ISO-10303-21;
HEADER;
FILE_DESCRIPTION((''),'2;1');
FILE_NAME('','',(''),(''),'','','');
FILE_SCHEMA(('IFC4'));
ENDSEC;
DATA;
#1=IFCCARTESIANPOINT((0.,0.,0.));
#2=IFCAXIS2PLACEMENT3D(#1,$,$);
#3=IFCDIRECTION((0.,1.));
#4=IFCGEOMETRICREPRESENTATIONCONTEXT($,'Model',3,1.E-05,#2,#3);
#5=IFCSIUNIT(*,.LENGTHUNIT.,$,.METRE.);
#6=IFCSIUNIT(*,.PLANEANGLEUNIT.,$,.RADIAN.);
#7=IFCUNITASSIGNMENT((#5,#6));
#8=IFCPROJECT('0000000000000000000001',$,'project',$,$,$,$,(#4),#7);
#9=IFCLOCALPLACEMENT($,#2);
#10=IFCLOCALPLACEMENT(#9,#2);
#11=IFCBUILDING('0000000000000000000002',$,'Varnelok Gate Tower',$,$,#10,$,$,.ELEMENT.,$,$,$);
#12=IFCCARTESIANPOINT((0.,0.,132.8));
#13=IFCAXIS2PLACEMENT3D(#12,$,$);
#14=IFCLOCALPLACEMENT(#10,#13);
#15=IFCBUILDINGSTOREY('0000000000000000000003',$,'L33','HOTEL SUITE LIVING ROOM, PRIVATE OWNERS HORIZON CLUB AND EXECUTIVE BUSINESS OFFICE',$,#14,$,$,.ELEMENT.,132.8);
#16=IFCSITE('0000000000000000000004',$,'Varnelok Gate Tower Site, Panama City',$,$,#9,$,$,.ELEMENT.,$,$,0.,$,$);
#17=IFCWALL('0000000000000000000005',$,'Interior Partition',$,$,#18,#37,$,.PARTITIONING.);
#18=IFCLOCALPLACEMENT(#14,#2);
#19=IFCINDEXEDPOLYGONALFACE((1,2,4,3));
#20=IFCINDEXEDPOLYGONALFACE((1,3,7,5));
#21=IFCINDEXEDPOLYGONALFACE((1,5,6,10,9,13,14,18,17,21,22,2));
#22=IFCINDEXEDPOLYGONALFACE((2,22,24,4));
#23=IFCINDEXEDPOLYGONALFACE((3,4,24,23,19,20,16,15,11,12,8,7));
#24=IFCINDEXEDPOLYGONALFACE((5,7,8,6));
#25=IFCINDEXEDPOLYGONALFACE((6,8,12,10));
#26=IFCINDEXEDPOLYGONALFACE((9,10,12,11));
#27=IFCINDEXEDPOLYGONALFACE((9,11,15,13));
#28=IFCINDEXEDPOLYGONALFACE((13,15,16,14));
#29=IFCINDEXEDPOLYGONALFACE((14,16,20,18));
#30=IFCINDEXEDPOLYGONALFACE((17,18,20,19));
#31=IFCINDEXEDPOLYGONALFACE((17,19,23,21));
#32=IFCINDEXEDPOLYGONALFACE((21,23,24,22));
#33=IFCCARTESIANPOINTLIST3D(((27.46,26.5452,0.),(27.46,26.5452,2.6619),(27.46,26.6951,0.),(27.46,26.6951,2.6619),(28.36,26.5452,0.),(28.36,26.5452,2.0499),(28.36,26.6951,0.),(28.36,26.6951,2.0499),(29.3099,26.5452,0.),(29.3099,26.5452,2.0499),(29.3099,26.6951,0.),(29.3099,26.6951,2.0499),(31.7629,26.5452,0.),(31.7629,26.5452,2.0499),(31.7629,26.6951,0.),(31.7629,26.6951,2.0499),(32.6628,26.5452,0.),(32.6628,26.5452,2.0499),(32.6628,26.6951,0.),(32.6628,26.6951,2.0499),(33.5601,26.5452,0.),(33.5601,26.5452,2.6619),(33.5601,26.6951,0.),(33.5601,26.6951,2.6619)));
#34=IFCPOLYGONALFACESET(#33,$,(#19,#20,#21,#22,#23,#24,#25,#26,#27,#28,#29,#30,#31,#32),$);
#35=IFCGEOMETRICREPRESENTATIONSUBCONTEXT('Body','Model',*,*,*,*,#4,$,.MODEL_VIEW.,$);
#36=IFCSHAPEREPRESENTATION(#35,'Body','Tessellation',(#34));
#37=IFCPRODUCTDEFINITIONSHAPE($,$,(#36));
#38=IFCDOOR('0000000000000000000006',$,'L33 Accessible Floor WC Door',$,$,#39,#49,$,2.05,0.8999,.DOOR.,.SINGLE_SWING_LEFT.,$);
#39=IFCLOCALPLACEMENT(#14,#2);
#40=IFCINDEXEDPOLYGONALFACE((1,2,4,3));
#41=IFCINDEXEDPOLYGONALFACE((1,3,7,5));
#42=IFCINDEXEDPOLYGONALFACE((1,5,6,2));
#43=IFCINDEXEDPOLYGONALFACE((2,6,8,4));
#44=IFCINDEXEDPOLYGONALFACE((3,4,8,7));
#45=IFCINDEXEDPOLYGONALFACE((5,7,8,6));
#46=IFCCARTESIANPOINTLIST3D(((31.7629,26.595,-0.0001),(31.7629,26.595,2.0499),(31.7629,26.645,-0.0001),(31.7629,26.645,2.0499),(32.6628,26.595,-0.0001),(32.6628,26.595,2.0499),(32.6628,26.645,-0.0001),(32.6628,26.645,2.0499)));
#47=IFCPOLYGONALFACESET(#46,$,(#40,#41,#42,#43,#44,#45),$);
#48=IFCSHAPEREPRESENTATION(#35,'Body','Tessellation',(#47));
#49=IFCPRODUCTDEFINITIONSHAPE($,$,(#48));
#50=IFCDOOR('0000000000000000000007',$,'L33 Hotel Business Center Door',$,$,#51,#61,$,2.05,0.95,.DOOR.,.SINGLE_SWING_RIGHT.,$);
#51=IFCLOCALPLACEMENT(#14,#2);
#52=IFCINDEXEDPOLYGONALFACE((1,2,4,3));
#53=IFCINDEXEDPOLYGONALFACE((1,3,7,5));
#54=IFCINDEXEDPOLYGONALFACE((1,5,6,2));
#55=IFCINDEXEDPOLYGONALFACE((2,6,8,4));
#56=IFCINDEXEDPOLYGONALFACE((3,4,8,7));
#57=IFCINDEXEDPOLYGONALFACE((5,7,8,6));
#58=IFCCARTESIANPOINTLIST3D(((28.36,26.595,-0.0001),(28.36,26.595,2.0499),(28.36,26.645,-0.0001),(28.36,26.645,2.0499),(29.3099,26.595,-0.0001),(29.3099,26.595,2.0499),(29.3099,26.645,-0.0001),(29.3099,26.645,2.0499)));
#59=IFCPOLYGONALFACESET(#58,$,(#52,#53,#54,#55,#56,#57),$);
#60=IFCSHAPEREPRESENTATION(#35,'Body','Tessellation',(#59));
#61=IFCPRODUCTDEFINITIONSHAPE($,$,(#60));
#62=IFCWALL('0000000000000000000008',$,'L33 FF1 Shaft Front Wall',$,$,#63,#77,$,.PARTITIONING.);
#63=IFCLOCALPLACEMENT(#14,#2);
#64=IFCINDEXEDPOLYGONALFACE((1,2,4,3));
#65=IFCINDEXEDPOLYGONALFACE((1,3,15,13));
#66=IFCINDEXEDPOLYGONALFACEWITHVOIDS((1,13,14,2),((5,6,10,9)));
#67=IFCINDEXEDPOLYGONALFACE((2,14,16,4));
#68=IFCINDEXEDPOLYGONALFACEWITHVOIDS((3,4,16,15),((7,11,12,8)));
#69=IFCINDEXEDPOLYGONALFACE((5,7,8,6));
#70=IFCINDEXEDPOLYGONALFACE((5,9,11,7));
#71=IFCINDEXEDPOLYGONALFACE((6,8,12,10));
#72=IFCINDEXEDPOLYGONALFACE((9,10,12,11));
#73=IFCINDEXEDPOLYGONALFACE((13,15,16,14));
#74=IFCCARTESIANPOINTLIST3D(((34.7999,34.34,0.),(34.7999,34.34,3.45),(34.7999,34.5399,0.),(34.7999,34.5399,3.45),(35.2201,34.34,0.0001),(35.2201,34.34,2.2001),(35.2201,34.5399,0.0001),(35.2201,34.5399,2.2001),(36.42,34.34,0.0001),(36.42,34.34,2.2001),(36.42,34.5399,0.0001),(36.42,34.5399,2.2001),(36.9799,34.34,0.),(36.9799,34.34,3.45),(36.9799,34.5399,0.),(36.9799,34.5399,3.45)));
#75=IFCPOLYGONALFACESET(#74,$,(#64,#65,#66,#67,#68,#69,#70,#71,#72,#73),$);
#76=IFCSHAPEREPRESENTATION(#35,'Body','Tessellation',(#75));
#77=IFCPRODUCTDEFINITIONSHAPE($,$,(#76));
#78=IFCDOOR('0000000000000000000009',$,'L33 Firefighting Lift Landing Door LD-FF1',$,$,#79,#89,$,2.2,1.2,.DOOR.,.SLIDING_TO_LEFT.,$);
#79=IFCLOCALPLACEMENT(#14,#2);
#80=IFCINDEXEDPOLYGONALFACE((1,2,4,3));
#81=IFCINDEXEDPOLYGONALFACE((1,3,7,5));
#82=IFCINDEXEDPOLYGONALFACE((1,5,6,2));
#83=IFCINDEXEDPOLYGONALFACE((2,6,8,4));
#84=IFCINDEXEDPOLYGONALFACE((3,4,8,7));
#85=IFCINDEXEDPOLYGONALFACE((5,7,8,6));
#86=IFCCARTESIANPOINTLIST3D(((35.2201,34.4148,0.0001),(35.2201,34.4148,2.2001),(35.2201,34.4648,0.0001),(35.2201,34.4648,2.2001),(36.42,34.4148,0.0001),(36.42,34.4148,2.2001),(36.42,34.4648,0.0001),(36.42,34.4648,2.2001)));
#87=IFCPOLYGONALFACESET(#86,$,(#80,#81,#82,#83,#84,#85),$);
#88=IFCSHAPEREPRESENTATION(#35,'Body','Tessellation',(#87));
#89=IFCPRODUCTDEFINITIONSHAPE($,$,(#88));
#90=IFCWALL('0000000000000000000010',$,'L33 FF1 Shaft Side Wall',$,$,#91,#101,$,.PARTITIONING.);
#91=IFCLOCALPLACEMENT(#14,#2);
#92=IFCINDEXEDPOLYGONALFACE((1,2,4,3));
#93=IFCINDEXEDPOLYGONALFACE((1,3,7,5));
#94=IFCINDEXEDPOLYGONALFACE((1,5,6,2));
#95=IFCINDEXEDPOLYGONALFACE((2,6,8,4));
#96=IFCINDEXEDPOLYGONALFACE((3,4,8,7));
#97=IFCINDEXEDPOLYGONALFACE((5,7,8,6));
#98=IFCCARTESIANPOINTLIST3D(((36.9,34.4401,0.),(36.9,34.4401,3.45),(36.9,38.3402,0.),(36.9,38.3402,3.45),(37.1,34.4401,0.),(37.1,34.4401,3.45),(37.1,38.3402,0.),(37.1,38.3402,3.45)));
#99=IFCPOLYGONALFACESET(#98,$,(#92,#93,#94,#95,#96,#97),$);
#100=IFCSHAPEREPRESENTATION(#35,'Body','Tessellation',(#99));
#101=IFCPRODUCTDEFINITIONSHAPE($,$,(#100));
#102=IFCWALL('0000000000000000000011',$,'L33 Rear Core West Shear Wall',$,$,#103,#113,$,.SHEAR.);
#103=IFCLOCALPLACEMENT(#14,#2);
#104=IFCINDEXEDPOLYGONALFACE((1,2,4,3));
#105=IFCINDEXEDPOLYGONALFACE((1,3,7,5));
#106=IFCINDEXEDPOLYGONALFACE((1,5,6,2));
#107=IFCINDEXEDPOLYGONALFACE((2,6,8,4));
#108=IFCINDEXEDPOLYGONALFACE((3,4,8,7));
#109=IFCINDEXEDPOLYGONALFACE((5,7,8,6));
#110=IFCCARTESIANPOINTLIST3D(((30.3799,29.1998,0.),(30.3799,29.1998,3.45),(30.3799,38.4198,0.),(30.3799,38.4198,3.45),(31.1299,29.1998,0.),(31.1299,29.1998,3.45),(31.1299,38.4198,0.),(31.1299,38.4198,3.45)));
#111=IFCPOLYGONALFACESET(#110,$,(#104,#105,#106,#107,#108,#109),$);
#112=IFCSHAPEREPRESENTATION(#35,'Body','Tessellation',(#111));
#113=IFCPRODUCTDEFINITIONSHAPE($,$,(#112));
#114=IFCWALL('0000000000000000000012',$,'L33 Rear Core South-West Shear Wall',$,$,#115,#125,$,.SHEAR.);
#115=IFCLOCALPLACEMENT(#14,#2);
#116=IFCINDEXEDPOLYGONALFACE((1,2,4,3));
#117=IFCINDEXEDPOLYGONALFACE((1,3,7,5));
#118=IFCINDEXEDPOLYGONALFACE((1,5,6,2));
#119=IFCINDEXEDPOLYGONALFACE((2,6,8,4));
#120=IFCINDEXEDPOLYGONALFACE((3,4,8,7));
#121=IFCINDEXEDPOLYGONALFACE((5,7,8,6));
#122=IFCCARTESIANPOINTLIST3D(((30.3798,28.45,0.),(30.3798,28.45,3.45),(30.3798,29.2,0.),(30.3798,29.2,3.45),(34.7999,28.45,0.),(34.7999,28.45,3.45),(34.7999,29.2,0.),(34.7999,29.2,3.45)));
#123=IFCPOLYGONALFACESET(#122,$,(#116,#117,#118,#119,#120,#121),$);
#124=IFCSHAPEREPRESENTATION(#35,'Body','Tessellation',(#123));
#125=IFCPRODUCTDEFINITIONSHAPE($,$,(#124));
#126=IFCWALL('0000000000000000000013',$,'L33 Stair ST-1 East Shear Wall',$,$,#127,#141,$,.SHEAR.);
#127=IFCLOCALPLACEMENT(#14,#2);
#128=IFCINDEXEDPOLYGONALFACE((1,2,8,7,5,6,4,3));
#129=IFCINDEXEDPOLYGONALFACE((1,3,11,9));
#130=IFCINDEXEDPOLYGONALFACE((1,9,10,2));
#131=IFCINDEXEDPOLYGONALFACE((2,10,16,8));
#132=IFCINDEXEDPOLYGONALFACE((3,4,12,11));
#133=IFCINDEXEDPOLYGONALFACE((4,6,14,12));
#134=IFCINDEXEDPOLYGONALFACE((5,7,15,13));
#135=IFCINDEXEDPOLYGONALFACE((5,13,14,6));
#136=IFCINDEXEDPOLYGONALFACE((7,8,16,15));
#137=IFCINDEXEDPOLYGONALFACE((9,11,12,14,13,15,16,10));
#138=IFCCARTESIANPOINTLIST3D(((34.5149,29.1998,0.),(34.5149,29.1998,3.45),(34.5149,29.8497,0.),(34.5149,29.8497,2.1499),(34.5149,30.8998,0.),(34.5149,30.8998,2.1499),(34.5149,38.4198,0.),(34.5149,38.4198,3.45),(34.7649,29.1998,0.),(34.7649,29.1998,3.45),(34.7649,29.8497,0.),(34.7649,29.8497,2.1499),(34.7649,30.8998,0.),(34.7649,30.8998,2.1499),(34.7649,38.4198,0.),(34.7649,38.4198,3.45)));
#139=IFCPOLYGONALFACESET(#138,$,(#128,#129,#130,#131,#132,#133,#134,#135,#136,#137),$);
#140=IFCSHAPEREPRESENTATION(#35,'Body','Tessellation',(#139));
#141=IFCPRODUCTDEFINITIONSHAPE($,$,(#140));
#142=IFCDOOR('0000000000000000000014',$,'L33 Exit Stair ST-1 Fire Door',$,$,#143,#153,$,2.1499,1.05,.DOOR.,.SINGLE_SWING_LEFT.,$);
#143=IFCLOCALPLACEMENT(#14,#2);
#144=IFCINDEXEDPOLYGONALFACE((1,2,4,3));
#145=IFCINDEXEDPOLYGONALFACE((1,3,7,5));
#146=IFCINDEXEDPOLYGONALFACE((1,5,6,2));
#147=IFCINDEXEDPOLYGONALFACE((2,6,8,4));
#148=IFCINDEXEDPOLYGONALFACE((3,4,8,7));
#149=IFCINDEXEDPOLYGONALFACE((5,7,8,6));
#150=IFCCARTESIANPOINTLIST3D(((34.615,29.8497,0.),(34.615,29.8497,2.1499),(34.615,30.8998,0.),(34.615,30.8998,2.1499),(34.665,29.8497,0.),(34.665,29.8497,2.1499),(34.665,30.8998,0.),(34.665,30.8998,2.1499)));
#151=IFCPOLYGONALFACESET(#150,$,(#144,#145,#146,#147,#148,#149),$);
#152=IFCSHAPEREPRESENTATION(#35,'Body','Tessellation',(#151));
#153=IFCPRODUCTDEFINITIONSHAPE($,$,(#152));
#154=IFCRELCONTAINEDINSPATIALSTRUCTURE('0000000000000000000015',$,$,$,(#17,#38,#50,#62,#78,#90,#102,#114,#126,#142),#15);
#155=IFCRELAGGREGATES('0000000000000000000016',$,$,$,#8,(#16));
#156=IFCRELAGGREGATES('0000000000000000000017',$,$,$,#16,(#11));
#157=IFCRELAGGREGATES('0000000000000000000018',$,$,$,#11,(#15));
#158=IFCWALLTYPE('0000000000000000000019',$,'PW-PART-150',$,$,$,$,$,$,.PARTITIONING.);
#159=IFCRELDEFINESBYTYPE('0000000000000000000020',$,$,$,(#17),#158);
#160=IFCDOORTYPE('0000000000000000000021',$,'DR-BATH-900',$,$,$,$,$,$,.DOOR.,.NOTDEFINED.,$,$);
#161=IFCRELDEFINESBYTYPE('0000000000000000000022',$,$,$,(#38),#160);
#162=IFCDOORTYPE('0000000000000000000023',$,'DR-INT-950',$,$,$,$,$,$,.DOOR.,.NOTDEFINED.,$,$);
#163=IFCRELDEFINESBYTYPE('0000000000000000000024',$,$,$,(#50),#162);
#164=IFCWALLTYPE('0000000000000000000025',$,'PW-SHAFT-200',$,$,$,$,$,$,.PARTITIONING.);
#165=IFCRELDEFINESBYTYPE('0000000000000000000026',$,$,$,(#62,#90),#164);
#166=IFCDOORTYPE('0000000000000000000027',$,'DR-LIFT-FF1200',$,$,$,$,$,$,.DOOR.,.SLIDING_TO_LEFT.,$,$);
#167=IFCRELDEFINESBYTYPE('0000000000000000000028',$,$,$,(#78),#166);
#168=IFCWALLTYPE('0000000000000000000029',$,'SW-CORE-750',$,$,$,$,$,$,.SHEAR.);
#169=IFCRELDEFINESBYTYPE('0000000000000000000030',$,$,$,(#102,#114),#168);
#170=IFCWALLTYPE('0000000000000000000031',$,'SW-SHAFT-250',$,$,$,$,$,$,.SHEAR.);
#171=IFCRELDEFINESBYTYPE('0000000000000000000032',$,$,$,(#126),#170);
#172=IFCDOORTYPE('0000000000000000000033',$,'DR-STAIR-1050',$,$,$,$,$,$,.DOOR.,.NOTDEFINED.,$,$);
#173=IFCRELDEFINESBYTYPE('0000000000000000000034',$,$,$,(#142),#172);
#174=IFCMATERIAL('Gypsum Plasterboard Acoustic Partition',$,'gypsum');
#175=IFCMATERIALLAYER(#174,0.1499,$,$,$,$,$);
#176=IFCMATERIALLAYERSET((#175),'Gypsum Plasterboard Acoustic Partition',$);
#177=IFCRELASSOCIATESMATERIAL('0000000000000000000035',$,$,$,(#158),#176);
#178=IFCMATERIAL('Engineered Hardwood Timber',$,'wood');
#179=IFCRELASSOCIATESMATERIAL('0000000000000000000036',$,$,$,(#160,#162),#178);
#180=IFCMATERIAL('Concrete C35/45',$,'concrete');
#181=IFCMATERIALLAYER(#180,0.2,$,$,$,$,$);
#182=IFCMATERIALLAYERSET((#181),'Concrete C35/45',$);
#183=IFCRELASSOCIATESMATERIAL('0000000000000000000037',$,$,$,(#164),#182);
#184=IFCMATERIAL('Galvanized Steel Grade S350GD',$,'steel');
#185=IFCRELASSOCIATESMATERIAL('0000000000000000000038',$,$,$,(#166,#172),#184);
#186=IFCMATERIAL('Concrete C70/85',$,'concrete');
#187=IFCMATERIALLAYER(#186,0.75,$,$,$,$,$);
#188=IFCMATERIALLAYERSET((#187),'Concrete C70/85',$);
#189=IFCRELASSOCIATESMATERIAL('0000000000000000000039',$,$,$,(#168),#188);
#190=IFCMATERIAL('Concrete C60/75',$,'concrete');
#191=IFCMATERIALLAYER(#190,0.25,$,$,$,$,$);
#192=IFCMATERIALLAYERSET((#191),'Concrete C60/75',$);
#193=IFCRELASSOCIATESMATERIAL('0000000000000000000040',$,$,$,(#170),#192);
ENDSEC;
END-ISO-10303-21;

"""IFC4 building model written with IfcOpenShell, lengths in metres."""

from ifc_helpers import new_model, si_unit, direction, frame, frame_2d, origin, place, context, subcontext, project, spatial, rectangle, extrude, material, layer, layer_set, type_object, element, fill, save


model = new_model("IFC4")

# Units and contexts
model_context = context("Model", 3, precision=1e-05, world=origin(), true_north=direction((0.0, 1.0)))
body_context = subcontext(model_context, "Body", "Model", "MODEL_VIEW")
ifc_project = project(units=[si_unit("LENGTHUNIT", "METRE"), si_unit("PLANEANGLEUNIT", "RADIAN")], contexts=[model_context])

# Site, building, storey
site_placement = place(None, origin())
site = spatial("IfcSite", under=ifc_project, at=site_placement, Name="Varnelok Gate Tower Site, Panama City", CompositionType="ELEMENT", RefElevation=0.0)
building_placement = place(site_placement, origin())
building = spatial("IfcBuilding", under=site, at=building_placement, Name="Varnelok Gate Tower", CompositionType="ELEMENT")
storey_placement = place(building_placement, frame((0.0, 0.0, 132.8)))
storey = spatial("IfcBuildingStorey", under=building, at=storey_placement, Name="L33", Description="HOTEL SUITE LIVING ROOM, PRIVATE OWNERS HORIZON CLUB AND EXECUTIVE BUSINESS OFFICE", CompositionType="ELEMENT", Elevation=132.8)

# Shared definitions
ifc_material_1 = material(Name="Concrete C70/85", Category="concrete")

# Shared definitions
ifc_material_2 = material(Name="Concrete C60/75", Category="concrete")

# Wall, openings, doors
ifc_material_3 = material(Name="Gypsum Plasterboard Acoustic Partition", Category="gypsum")
ifc_layer_1 = layer(ifc_material_3, 0.1499)
ifc_layer_set_1 = layer_set([ifc_layer_1], Name="Gypsum Plasterboard Acoustic Partition")
wall_type_1 = type_object("IfcWallType", Name="PW-PART-150", PredefinedType="PARTITIONING", material=ifc_layer_set_1)
wall_1_placement = place(storey_placement, frame((27.46, 26.6201, 0.0), z_axis=(0.0, 0.0, 1.0), x_axis=(1.0, 0.0, 0.0)))
wall_1 = element("IfcWall", 1, at=wall_1_placement, inside=storey, type_object=wall_type_1, Name="Interior Partition", PredefinedType="PARTITIONING", context=body_context, shape_type="SweptSolid", body=[
    extrude(rectangle(XDim=6.1001, YDim=0.1499, at=frame_2d((3.05, 0.0))), origin(), (0.0, 0.0, 1.0), 2.6619),
])
opening_1_placement = place(wall_1_placement, frame((0.8999, 0.0, 0.0)))
opening_1 = element("IfcOpeningElement", 2, at=opening_1_placement, cuts=wall_1, PredefinedType="OPENING", context=body_context, shape_type="SweptSolid", body=[
    extrude(rectangle(XDim=0.95, YDim=2.05, at=frame_2d((0.4751, 1.0249))), frame((0.0, 0.085, 0.0), z_axis=(0.0, -1.0, 0.0), x_axis=(1.0, 0.0, 0.0)), (0.0, 0.0, 1.0), 0.1699),
])
opening_2_placement = place(wall_1_placement, frame((4.303, 0.0, 0.0)))
opening_2 = element("IfcOpeningElement", 3, at=opening_2_placement, cuts=wall_1, PredefinedType="OPENING", context=body_context, shape_type="SweptSolid", body=[
    extrude(rectangle(XDim=0.8999, YDim=2.05, at=frame_2d((0.45, 1.0249))), frame((0.0, 0.085, 0.0), z_axis=(0.0, -1.0, 0.0), x_axis=(1.0, 0.0, 0.0)), (0.0, 0.0, 1.0), 0.1699),
])
ifc_material_4 = material(Name="Engineered Hardwood Timber", Category="wood")
door_type_1 = type_object("IfcDoorType", Name="DR-BATH-900", OperationType="NOTDEFINED", PredefinedType="DOOR", material=ifc_material_4)
door_1_placement = place(opening_2_placement, origin())
door_1 = element("IfcDoor", 4, at=door_1_placement, inside=storey, type_object=door_type_1, Name="L33 Accessible Floor WC Door", OperationType="SINGLE_SWING_LEFT", OverallHeight=2.05, OverallWidth=0.8999, PredefinedType="DOOR", context=body_context, shape_type="SweptSolid", body=[
    extrude(rectangle(XDim=0.8999, YDim=2.05, at=frame_2d((0.45, 1.0249))), frame((0.0, 0.0249, 0.0), z_axis=(0.0, -1.0, 0.0), x_axis=(1.0, 0.0, 0.0)), (0.0, 0.0, 1.0), 0.05),
])
fill(opening_2, door_1)
door_type_2 = type_object("IfcDoorType", Name="DR-INT-950", OperationType="NOTDEFINED", PredefinedType="DOOR", material=ifc_material_4)
door_2_placement = place(opening_1_placement, origin())
door_2 = element("IfcDoor", 5, at=door_2_placement, inside=storey, type_object=door_type_2, Name="L33 Hotel Business Center Door", OperationType="SINGLE_SWING_RIGHT", OverallHeight=2.05, OverallWidth=0.95, PredefinedType="DOOR", context=body_context, shape_type="SweptSolid", body=[
    extrude(rectangle(XDim=0.95, YDim=2.05, at=frame_2d((0.4751, 1.0249))), frame((0.0, 0.0249, 0.0), z_axis=(0.0, -1.0, 0.0), x_axis=(1.0, 0.0, 0.0)), (0.0, 0.0, 1.0), 0.05),
])
fill(opening_1, door_2)

# Wall, opening, door
ifc_material_5 = material(Name="Concrete C35/45", Category="concrete")
ifc_layer_2 = layer(ifc_material_5, 0.2)
ifc_layer_set_2 = layer_set([ifc_layer_2], Name="Concrete C35/45")
wall_type_2 = type_object("IfcWallType", Name="PW-SHAFT-200", PredefinedType="PARTITIONING", material=ifc_layer_set_2)
wall_2_placement = place(storey_placement, frame((34.8, 34.4399, 0.0), z_axis=(0.0, 0.0, 1.0), x_axis=(1.0, 0.0, 0.0)))
wall_2 = element("IfcWall", 6, at=wall_2_placement, inside=storey, type_object=wall_type_2, Name="L33 FF1 Shaft Front Wall", PredefinedType="PARTITIONING", context=body_context, shape_type="SweptSolid", body=[
    extrude(rectangle(XDim=2.1799, YDim=0.2, at=frame_2d((1.0898, 0.0))), origin(), (0.0, 0.0, 1.0), 3.45),
])
opening_3_placement = place(wall_2_placement, frame((0.4199, 0.0, 0.0)))
opening_3 = element("IfcOpeningElement", 7, at=opening_3_placement, cuts=wall_2, PredefinedType="OPENING", context=body_context, shape_type="SweptSolid", body=[
    extrude(rectangle(XDim=1.2, YDim=2.2, at=frame_2d((0.6001, 1.1001))), frame((0.0, 0.1099, 0.0), z_axis=(0.0, -1.0, 0.0), x_axis=(1.0, 0.0, 0.0)), (0.0, 0.0, 1.0), 0.22),
])
ifc_material_6 = material(Name="Galvanized Steel Grade S350GD", Category="steel")
door_type_3 = type_object("IfcDoorType", Name="DR-LIFT-FF1200", OperationType="SLIDING_TO_LEFT", PredefinedType="DOOR", material=ifc_material_6)
door_3_placement = place(opening_3_placement, origin())
door_3 = element("IfcDoor", 8, at=door_3_placement, inside=storey, type_object=door_type_3, Name="L33 Firefighting Lift Landing Door LD-FF1", OperationType="SLIDING_TO_LEFT", OverallHeight=2.2, OverallWidth=1.2, PredefinedType="DOOR", context=body_context, shape_type="SweptSolid", body=[
    extrude(rectangle(XDim=1.2, YDim=2.2, at=frame_2d((0.6001, 1.1001))), frame((0.0, 0.0249, 0.0), z_axis=(0.0, -1.0, 0.0), x_axis=(1.0, 0.0, 0.0)), (0.0, 0.0, 1.0), 0.05),
])
fill(opening_3, door_3)

# Walls
wall_3_placement = place(storey_placement, frame((37.0, 34.4399, 0.0), z_axis=(0.0, 0.0, 1.0), x_axis=(0.0, 1.0, 0.0)))
element("IfcWall", 9, at=wall_3_placement, inside=storey, type_object=wall_type_2, Name="L33 FF1 Shaft Side Wall", PredefinedType="PARTITIONING", context=body_context, shape_type="SweptSolid", body=[
    extrude(rectangle(XDim=3.9001, YDim=0.2, at=frame_2d((1.9502, 0.0))), origin(), (0.0, 0.0, 1.0), 3.45),
])
ifc_layer_3 = layer(ifc_material_1, 0.75)
ifc_layer_set_3 = layer_set([ifc_layer_3], Name="Concrete C70/85")
wall_type_3 = type_object("IfcWallType", Name="SW-CORE-750", PredefinedType="SHEAR", material=ifc_layer_set_3)
wall_4_placement = place(storey_placement, frame((30.7549, 29.2, 0.0), z_axis=(0.0, 0.0, 1.0), x_axis=(0.0, 1.0, 0.0)))
element("IfcWall", 10, at=wall_4_placement, inside=storey, type_object=wall_type_3, Name="L33 Rear Core West Shear Wall", PredefinedType="SHEAR", context=body_context, shape_type="SweptSolid", body=[
    extrude(rectangle(XDim=9.22, YDim=0.75, at=frame_2d((4.6099, 0.0))), origin(), (0.0, 0.0, 1.0), 3.45),
])
wall_5_placement = place(storey_placement, frame((30.3799, 28.825, 0.0), z_axis=(0.0, 0.0, 1.0), x_axis=(1.0, 0.0, 0.0)))
element("IfcWall", 11, at=wall_5_placement, inside=storey, type_object=wall_type_3, Name="L33 Rear Core South-West Shear Wall", PredefinedType="SHEAR", context=body_context, shape_type="SweptSolid", body=[
    extrude(rectangle(XDim=4.4202, YDim=0.75, at=frame_2d((2.21, 0.0))), origin(), (0.0, 0.0, 1.0), 3.45),
])

# Wall, opening, door
ifc_layer_4 = layer(ifc_material_2, 0.25)
ifc_layer_set_4 = layer_set([ifc_layer_4], Name="Concrete C60/75")
wall_type_4 = type_object("IfcWallType", Name="SW-SHAFT-250", PredefinedType="SHEAR", material=ifc_layer_set_4)
wall_6_placement = place(storey_placement, frame((34.6399, 29.2, 0.0), z_axis=(0.0, 0.0, 1.0), x_axis=(0.0, 1.0, 0.0)))
wall_6 = element("IfcWall", 12, at=wall_6_placement, inside=storey, type_object=wall_type_4, Name="L33 Stair ST-1 East Shear Wall", PredefinedType="SHEAR", context=body_context, shape_type="SweptSolid", body=[
    extrude(rectangle(XDim=9.22, YDim=0.25, at=frame_2d((4.6099, 0.0))), origin(), (0.0, 0.0, 1.0), 3.45),
])
opening_4_placement = place(wall_6_placement, frame((0.6499, 0.0, 0.0)))
opening_4 = element("IfcOpeningElement", 13, at=opening_4_placement, cuts=wall_6, PredefinedType="OPENING", context=body_context, shape_type="SweptSolid", body=[
    extrude(rectangle(XDim=1.05, YDim=2.1499, at=frame_2d((0.5249, 1.075))), frame((0.0, 0.135, 0.0), z_axis=(0.0, -1.0, 0.0), x_axis=(1.0, 0.0, 0.0)), (0.0, 0.0, 1.0), 0.27),
])
door_type_4 = type_object("IfcDoorType", Name="DR-STAIR-1050", OperationType="NOTDEFINED", PredefinedType="DOOR", material=ifc_material_6)
door_4_placement = place(opening_4_placement, origin())
door_4 = element("IfcDoor", 14, at=door_4_placement, inside=storey, type_object=door_type_4, Name="L33 Exit Stair ST-1 Fire Door", OperationType="SINGLE_SWING_LEFT", OverallHeight=2.1499, OverallWidth=1.05, PredefinedType="DOOR", context=body_context, shape_type="SweptSolid", body=[
    extrude(rectangle(XDim=1.05, YDim=2.1499, at=frame_2d((0.5249, 1.075))), frame((0.0, 0.0249, 0.0), z_axis=(0.0, -1.0, 0.0), x_axis=(1.0, 0.0, 0.0)), (0.0, 0.0, 1.0), 0.05),
])
fill(opening_4, door_4)

save(model, "model.ifc")
